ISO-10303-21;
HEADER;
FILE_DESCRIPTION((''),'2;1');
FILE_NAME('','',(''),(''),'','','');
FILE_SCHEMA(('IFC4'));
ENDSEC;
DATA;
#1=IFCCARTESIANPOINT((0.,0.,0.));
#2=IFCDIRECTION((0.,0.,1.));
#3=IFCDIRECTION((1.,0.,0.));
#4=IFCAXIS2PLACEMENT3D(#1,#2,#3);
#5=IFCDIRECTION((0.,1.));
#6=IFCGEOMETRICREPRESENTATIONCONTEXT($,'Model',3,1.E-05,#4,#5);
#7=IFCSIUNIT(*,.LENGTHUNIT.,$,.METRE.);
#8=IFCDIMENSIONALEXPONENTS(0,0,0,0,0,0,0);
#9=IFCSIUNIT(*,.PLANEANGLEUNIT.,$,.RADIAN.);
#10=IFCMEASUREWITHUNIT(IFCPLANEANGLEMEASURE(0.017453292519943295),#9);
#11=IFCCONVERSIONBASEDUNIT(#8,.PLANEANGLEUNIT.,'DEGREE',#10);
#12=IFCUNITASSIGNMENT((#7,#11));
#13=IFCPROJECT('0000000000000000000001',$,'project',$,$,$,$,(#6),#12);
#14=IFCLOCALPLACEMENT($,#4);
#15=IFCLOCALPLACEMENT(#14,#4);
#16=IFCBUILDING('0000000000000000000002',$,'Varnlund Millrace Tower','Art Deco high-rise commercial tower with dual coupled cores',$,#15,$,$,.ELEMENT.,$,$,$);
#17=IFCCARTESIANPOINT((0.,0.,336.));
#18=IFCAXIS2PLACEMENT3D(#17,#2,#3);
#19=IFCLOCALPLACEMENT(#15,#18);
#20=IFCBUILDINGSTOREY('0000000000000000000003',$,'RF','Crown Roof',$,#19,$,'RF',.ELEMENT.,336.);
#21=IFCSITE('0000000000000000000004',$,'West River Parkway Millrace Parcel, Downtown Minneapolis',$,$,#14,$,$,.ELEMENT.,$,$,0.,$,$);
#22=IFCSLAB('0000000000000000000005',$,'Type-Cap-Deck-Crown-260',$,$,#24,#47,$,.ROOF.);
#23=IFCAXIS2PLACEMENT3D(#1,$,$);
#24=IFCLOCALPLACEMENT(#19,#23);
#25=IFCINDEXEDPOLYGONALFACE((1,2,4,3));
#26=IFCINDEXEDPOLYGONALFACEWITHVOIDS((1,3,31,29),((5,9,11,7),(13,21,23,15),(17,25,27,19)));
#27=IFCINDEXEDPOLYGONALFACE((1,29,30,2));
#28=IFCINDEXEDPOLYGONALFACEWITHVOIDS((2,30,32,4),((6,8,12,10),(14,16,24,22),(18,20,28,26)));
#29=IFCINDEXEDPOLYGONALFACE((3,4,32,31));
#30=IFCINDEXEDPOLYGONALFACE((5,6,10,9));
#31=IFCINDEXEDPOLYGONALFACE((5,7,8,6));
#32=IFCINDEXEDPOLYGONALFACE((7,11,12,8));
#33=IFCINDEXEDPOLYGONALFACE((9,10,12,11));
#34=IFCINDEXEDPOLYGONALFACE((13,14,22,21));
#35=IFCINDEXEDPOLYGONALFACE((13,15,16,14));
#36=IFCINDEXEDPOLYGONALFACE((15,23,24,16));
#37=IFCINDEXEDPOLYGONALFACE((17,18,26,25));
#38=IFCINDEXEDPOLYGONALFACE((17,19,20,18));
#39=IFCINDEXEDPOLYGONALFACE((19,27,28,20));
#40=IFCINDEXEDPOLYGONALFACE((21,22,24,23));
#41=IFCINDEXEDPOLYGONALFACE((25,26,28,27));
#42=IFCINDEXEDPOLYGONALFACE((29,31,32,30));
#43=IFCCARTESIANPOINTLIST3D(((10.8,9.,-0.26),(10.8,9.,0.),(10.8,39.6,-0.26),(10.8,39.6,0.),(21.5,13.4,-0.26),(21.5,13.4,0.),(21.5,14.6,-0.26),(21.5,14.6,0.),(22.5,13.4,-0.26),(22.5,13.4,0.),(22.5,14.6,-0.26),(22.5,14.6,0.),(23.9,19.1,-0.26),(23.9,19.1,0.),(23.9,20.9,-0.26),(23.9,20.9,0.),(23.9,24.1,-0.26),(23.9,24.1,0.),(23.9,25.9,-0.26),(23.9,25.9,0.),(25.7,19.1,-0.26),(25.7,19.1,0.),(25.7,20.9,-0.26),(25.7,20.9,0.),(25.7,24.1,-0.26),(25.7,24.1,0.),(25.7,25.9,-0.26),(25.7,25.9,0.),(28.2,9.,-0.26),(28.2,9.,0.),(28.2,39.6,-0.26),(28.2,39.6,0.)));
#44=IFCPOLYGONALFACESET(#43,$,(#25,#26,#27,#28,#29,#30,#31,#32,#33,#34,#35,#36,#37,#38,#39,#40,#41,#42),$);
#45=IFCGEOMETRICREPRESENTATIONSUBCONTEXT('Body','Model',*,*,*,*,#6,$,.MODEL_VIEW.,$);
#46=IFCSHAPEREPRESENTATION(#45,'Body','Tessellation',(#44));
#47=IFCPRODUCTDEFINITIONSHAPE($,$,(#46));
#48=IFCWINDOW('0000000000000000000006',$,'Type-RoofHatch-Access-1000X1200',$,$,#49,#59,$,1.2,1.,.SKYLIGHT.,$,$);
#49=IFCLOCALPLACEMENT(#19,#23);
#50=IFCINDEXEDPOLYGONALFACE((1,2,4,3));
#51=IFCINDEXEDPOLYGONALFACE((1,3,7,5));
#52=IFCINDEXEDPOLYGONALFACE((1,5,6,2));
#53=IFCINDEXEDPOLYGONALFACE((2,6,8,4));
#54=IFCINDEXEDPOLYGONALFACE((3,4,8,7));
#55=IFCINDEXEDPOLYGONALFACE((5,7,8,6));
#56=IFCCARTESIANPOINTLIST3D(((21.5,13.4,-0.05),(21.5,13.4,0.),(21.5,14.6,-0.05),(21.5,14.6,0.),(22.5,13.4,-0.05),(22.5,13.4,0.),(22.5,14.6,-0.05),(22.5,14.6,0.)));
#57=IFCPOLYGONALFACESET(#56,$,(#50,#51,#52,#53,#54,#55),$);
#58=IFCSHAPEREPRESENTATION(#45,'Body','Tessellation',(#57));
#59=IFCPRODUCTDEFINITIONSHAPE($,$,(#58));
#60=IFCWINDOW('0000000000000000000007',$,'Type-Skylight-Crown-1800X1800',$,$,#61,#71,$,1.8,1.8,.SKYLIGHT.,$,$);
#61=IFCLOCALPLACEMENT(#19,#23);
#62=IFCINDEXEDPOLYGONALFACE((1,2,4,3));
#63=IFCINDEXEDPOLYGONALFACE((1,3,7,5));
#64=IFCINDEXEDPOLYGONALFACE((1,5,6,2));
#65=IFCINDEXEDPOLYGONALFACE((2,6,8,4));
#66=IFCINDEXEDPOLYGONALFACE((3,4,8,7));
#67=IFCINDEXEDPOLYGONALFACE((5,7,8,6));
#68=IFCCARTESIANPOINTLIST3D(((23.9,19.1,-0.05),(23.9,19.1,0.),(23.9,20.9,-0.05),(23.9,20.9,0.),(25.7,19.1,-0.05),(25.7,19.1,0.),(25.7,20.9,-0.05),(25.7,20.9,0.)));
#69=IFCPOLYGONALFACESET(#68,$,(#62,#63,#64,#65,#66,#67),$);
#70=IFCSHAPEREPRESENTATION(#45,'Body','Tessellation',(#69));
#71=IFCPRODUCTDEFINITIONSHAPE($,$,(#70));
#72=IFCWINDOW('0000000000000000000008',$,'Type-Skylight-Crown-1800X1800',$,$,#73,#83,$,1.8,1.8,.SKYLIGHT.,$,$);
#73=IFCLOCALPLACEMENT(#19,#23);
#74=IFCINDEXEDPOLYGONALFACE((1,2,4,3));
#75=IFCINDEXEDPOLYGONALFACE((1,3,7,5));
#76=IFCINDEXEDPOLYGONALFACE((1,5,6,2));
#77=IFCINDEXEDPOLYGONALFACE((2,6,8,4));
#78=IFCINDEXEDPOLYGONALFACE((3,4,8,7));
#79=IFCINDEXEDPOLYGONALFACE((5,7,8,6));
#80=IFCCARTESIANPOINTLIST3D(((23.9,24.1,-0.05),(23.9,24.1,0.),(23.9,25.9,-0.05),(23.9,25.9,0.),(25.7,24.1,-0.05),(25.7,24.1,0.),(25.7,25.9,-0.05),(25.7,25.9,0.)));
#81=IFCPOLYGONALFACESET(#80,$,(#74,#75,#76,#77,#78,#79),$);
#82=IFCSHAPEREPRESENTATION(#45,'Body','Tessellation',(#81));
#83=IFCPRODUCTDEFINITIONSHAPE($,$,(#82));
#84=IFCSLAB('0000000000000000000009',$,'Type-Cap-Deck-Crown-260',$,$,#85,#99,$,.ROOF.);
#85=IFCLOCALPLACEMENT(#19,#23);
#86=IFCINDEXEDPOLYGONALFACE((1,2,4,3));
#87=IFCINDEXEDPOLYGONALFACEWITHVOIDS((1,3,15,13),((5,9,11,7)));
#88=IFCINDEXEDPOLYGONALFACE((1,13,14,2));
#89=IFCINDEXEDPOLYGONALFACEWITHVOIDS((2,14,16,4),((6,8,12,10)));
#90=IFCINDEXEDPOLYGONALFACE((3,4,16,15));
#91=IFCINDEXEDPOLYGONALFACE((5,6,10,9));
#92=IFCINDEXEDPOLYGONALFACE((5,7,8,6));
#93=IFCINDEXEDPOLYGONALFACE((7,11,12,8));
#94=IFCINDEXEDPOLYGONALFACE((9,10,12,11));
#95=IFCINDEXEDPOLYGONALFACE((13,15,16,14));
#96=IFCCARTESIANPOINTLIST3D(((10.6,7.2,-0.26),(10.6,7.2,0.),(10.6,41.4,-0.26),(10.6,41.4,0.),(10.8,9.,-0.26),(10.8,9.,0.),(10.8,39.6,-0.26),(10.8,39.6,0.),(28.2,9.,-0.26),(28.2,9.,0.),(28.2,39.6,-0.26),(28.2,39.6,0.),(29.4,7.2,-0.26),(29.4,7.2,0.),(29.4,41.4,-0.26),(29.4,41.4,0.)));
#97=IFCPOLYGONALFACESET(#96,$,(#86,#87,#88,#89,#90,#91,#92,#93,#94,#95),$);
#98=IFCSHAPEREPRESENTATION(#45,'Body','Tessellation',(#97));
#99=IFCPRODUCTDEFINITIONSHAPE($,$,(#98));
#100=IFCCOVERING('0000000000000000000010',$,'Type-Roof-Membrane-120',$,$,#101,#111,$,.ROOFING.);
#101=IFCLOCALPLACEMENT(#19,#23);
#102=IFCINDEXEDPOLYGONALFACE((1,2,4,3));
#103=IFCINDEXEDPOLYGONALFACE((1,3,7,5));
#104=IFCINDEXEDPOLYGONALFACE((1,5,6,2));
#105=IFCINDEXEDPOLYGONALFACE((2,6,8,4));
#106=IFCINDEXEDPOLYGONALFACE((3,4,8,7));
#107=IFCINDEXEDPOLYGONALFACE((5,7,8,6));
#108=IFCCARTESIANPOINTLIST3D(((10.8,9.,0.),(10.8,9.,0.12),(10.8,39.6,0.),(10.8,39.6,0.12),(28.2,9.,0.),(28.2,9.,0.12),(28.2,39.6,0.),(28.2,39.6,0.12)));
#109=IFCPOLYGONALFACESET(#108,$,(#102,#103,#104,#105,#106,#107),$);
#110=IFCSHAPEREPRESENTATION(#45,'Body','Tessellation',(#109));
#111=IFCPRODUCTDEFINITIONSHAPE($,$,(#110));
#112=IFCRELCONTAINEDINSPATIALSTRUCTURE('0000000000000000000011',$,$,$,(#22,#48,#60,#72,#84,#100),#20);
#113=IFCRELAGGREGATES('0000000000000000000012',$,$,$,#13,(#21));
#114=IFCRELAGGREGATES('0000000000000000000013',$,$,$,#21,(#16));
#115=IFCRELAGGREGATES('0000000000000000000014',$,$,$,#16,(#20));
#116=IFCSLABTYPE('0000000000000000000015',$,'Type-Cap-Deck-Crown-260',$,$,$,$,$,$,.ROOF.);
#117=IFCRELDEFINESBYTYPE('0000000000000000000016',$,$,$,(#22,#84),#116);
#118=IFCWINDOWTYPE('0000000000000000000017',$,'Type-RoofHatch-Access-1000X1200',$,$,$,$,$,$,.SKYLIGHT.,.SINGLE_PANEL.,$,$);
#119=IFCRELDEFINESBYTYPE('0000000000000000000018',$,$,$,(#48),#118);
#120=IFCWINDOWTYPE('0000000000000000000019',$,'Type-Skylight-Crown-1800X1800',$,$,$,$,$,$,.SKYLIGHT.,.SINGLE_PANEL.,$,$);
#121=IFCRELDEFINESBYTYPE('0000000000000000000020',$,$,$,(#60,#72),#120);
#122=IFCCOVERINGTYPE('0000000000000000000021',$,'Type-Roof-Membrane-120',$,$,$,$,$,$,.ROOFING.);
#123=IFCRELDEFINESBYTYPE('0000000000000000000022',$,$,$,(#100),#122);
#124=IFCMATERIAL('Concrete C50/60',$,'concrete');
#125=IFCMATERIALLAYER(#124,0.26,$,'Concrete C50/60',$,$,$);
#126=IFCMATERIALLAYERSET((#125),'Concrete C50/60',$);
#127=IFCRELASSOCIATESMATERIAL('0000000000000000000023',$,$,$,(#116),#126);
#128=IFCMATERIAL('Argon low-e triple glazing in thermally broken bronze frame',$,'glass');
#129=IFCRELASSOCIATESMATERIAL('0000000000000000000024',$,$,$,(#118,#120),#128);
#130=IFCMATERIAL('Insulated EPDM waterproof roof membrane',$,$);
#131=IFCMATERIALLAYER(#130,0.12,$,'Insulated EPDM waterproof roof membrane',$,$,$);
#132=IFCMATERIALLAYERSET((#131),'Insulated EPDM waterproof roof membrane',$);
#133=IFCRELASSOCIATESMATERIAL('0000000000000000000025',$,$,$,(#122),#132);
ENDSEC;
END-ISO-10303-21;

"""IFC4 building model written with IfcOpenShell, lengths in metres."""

from ifc_helpers import new_model, entity, si_unit, converted_unit, direction, frame, origin_with_axes, origin_2d_with_axis, place, context, subcontext, project, spatial, polyline, rectangle, outline, extrude, material, layer, layer_set, type_object, element, fill, save


model = new_model("IFC4")

# Units and contexts
model_context = context("Model", 3, precision=1e-05, world=origin_with_axes(), true_north=direction((0.0, 1.0)))
body_context = subcontext(model_context, "Body", "Model", "MODEL_VIEW")
ifc_project = project(units=[si_unit("LENGTHUNIT", "METRE"), converted_unit("PLANEANGLEUNIT", "DEGREE", entity("IfcPlaneAngleMeasure", 0.017453292519943295), si_unit("PLANEANGLEUNIT", "RADIAN"), dimensions=[0, 0, 0, 0, 0, 0, 0])], contexts=[model_context])

# Site, building, storey
site_placement = place(None, origin_with_axes())
site = spatial("IfcSite", under=ifc_project, at=site_placement, Name="West River Parkway Millrace Parcel, Downtown Minneapolis", CompositionType="ELEMENT", RefElevation=0.0)
building_placement = place(site_placement, origin_with_axes())
building = spatial("IfcBuilding", under=site, at=building_placement, Name="Varnlund Millrace Tower", Description="Art Deco high-rise commercial tower with dual coupled cores", CompositionType="ELEMENT")
storey_placement = place(building_placement, frame((0.0, 0.0, 336.0), z_axis=(0.0, 0.0, 1.0), x_axis=(1.0, 0.0, 0.0)))
storey = spatial("IfcBuildingStorey", under=building, at=storey_placement, Name="RF", Description="Crown Roof", LongName="RF", CompositionType="ELEMENT", Elevation=336.0)

# Slab, openings, windows
ifc_material_1 = material(Name="Concrete C50/60", Category="concrete")
ifc_layer_1 = layer(ifc_material_1, 0.26, Name="Concrete C50/60")
ifc_layer_set_1 = layer_set([ifc_layer_1], Name="Concrete C50/60")
slab_type = type_object("IfcSlabType", Name="Type-Cap-Deck-Crown-260", PredefinedType="ROOF", material=ifc_layer_set_1)
slab_1_placement = place(storey_placement, frame((0.0, 0.0, -0.26), z_axis=(0.0, 0.0, 1.0), x_axis=(1.0, 0.0, 0.0)))
slab_1 = element("IfcSlab", 1, at=slab_1_placement, inside=storey, type_object=slab_type, Name="Type-Cap-Deck-Crown-260", PredefinedType="ROOF", context=body_context, shape_type="SweptSolid", body=[
    extrude(outline(polyline([(28.2, 9.0), (28.2, 39.6), (10.8, 39.6), (10.8, 9.0), (28.2, 9.0)])), origin_with_axes(), (0.0, 0.0, 1.0), 0.26),
])
opening_1_placement = place(storey_placement, frame((24.8, 20.0, -0.27), z_axis=(0.0, 0.0, 1.0), x_axis=(1.0, 0.0, 0.0)))
opening_1 = element("IfcOpeningElement", 2, at=opening_1_placement, cuts=slab_1, PredefinedType="OPENING", context=body_context, shape_type="SweptSolid", body=[
    extrude(rectangle(XDim=1.8, YDim=1.8, at=origin_2d_with_axis()), origin_with_axes(), (0.0, 0.0, 1.0), 0.28),
])
opening_2_placement = place(storey_placement, frame((24.8, 25.0, -0.27), z_axis=(0.0, 0.0, 1.0), x_axis=(1.0, 0.0, 0.0)))
opening_2 = element("IfcOpeningElement", 3, at=opening_2_placement, cuts=slab_1, PredefinedType="OPENING", context=body_context, shape_type="SweptSolid", body=[
    extrude(rectangle(XDim=1.8, YDim=1.8, at=origin_2d_with_axis()), origin_with_axes(), (0.0, 0.0, 1.0), 0.28),
])
opening_3_placement = place(storey_placement, frame((22.0, 14.0, -0.27), z_axis=(0.0, 0.0, 1.0), x_axis=(1.0, 0.0, 0.0)))
opening_3 = element("IfcOpeningElement", 4, at=opening_3_placement, cuts=slab_1, PredefinedType="OPENING", context=body_context, shape_type="SweptSolid", body=[
    extrude(rectangle(XDim=1.0, YDim=1.2, at=origin_2d_with_axis()), origin_with_axes(), (0.0, 0.0, 1.0), 0.28),
])
ifc_material_2 = material(Name="Argon low-e triple glazing in thermally broken bronze frame", Category="glass")
window_type_1 = type_object("IfcWindowType", Name="Type-RoofHatch-Access-1000X1200", PartitioningType="SINGLE_PANEL", PredefinedType="SKYLIGHT", material=ifc_material_2)
window_1_placement = place(storey_placement, frame((22.0, 14.0, -0.05), z_axis=(0.0, 0.0, 1.0), x_axis=(1.0, 0.0, 0.0)))
window_1 = element("IfcWindow", 5, at=window_1_placement, inside=storey, type_object=window_type_1, Name="Type-RoofHatch-Access-1000X1200", OverallHeight=1.2, OverallWidth=1.0, PredefinedType="SKYLIGHT", context=body_context, shape_type="SweptSolid", body=[
    extrude(rectangle(XDim=1.0, YDim=1.2, at=origin_2d_with_axis()), origin_with_axes(), (0.0, 0.0, 1.0), 0.05),
])
fill(opening_3, window_1)
window_type_2 = type_object("IfcWindowType", Name="Type-Skylight-Crown-1800X1800", PartitioningType="SINGLE_PANEL", PredefinedType="SKYLIGHT", material=ifc_material_2)
window_2_placement = place(storey_placement, frame((24.8, 20.0, -0.05), z_axis=(0.0, 0.0, 1.0), x_axis=(1.0, 0.0, 0.0)))
window_2 = element("IfcWindow", 6, at=window_2_placement, inside=storey, type_object=window_type_2, Name="Type-Skylight-Crown-1800X1800", OverallHeight=1.8, OverallWidth=1.8, PredefinedType="SKYLIGHT", context=body_context, shape_type="SweptSolid", body=[
    extrude(rectangle(XDim=1.8, YDim=1.8, at=origin_2d_with_axis()), origin_with_axes(), (0.0, 0.0, 1.0), 0.05),
])
fill(opening_1, window_2)
window_3_placement = place(storey_placement, frame((24.8, 25.0, -0.05), z_axis=(0.0, 0.0, 1.0), x_axis=(1.0, 0.0, 0.0)))
window_3 = element("IfcWindow", 7, at=window_3_placement, inside=storey, type_object=window_type_2, Name="Type-Skylight-Crown-1800X1800", OverallHeight=1.8, OverallWidth=1.8, PredefinedType="SKYLIGHT", context=body_context, shape_type="SweptSolid", body=[
    extrude(rectangle(XDim=1.8, YDim=1.8, at=origin_2d_with_axis()), origin_with_axes(), (0.0, 0.0, 1.0), 0.05),
])
fill(opening_2, window_3)

# Slab
slab_2_placement = place(storey_placement, frame((0.0, 0.0, -0.26), z_axis=(0.0, 0.0, 1.0), x_axis=(1.0, 0.0, 0.0)))
element("IfcSlab", 8, at=slab_2_placement, inside=storey, type_object=slab_type, Name="Type-Cap-Deck-Crown-260", PredefinedType="ROOF", context=body_context, shape_type="SweptSolid", body=[
    extrude(outline(polyline([(29.4, 7.2), (29.4, 41.4), (10.6, 41.4), (10.6, 7.2), (29.4, 7.2)]), holes=[polyline([(28.2, 9.0), (28.2, 39.6), (10.8, 39.6), (10.8, 9.0), (28.2, 9.0)])]), origin_with_axes(), (0.0, 0.0, 1.0), 0.26),
])

# Covering
ifc_material_3 = material(Name="Insulated EPDM waterproof roof membrane")
ifc_layer_2 = layer(ifc_material_3, 0.12, Name="Insulated EPDM waterproof roof membrane")
ifc_layer_set_2 = layer_set([ifc_layer_2], Name="Insulated EPDM waterproof roof membrane")
covering_type = type_object("IfcCoveringType", Name="Type-Roof-Membrane-120", PredefinedType="ROOFING", material=ifc_layer_set_2)
covering_placement = place(storey_placement, origin_with_axes())
element("IfcCovering", 9, at=covering_placement, inside=storey, type_object=covering_type, Name="Type-Roof-Membrane-120", PredefinedType="ROOFING", context=body_context, shape_type="SweptSolid", body=[
    extrude(outline(polyline([(28.2, 9.0), (28.2, 39.6), (10.8, 39.6), (10.8, 9.0), (28.2, 9.0)])), origin_with_axes(), (0.0, 0.0, 1.0), 0.12),
])

save(model, "model.ifc")
